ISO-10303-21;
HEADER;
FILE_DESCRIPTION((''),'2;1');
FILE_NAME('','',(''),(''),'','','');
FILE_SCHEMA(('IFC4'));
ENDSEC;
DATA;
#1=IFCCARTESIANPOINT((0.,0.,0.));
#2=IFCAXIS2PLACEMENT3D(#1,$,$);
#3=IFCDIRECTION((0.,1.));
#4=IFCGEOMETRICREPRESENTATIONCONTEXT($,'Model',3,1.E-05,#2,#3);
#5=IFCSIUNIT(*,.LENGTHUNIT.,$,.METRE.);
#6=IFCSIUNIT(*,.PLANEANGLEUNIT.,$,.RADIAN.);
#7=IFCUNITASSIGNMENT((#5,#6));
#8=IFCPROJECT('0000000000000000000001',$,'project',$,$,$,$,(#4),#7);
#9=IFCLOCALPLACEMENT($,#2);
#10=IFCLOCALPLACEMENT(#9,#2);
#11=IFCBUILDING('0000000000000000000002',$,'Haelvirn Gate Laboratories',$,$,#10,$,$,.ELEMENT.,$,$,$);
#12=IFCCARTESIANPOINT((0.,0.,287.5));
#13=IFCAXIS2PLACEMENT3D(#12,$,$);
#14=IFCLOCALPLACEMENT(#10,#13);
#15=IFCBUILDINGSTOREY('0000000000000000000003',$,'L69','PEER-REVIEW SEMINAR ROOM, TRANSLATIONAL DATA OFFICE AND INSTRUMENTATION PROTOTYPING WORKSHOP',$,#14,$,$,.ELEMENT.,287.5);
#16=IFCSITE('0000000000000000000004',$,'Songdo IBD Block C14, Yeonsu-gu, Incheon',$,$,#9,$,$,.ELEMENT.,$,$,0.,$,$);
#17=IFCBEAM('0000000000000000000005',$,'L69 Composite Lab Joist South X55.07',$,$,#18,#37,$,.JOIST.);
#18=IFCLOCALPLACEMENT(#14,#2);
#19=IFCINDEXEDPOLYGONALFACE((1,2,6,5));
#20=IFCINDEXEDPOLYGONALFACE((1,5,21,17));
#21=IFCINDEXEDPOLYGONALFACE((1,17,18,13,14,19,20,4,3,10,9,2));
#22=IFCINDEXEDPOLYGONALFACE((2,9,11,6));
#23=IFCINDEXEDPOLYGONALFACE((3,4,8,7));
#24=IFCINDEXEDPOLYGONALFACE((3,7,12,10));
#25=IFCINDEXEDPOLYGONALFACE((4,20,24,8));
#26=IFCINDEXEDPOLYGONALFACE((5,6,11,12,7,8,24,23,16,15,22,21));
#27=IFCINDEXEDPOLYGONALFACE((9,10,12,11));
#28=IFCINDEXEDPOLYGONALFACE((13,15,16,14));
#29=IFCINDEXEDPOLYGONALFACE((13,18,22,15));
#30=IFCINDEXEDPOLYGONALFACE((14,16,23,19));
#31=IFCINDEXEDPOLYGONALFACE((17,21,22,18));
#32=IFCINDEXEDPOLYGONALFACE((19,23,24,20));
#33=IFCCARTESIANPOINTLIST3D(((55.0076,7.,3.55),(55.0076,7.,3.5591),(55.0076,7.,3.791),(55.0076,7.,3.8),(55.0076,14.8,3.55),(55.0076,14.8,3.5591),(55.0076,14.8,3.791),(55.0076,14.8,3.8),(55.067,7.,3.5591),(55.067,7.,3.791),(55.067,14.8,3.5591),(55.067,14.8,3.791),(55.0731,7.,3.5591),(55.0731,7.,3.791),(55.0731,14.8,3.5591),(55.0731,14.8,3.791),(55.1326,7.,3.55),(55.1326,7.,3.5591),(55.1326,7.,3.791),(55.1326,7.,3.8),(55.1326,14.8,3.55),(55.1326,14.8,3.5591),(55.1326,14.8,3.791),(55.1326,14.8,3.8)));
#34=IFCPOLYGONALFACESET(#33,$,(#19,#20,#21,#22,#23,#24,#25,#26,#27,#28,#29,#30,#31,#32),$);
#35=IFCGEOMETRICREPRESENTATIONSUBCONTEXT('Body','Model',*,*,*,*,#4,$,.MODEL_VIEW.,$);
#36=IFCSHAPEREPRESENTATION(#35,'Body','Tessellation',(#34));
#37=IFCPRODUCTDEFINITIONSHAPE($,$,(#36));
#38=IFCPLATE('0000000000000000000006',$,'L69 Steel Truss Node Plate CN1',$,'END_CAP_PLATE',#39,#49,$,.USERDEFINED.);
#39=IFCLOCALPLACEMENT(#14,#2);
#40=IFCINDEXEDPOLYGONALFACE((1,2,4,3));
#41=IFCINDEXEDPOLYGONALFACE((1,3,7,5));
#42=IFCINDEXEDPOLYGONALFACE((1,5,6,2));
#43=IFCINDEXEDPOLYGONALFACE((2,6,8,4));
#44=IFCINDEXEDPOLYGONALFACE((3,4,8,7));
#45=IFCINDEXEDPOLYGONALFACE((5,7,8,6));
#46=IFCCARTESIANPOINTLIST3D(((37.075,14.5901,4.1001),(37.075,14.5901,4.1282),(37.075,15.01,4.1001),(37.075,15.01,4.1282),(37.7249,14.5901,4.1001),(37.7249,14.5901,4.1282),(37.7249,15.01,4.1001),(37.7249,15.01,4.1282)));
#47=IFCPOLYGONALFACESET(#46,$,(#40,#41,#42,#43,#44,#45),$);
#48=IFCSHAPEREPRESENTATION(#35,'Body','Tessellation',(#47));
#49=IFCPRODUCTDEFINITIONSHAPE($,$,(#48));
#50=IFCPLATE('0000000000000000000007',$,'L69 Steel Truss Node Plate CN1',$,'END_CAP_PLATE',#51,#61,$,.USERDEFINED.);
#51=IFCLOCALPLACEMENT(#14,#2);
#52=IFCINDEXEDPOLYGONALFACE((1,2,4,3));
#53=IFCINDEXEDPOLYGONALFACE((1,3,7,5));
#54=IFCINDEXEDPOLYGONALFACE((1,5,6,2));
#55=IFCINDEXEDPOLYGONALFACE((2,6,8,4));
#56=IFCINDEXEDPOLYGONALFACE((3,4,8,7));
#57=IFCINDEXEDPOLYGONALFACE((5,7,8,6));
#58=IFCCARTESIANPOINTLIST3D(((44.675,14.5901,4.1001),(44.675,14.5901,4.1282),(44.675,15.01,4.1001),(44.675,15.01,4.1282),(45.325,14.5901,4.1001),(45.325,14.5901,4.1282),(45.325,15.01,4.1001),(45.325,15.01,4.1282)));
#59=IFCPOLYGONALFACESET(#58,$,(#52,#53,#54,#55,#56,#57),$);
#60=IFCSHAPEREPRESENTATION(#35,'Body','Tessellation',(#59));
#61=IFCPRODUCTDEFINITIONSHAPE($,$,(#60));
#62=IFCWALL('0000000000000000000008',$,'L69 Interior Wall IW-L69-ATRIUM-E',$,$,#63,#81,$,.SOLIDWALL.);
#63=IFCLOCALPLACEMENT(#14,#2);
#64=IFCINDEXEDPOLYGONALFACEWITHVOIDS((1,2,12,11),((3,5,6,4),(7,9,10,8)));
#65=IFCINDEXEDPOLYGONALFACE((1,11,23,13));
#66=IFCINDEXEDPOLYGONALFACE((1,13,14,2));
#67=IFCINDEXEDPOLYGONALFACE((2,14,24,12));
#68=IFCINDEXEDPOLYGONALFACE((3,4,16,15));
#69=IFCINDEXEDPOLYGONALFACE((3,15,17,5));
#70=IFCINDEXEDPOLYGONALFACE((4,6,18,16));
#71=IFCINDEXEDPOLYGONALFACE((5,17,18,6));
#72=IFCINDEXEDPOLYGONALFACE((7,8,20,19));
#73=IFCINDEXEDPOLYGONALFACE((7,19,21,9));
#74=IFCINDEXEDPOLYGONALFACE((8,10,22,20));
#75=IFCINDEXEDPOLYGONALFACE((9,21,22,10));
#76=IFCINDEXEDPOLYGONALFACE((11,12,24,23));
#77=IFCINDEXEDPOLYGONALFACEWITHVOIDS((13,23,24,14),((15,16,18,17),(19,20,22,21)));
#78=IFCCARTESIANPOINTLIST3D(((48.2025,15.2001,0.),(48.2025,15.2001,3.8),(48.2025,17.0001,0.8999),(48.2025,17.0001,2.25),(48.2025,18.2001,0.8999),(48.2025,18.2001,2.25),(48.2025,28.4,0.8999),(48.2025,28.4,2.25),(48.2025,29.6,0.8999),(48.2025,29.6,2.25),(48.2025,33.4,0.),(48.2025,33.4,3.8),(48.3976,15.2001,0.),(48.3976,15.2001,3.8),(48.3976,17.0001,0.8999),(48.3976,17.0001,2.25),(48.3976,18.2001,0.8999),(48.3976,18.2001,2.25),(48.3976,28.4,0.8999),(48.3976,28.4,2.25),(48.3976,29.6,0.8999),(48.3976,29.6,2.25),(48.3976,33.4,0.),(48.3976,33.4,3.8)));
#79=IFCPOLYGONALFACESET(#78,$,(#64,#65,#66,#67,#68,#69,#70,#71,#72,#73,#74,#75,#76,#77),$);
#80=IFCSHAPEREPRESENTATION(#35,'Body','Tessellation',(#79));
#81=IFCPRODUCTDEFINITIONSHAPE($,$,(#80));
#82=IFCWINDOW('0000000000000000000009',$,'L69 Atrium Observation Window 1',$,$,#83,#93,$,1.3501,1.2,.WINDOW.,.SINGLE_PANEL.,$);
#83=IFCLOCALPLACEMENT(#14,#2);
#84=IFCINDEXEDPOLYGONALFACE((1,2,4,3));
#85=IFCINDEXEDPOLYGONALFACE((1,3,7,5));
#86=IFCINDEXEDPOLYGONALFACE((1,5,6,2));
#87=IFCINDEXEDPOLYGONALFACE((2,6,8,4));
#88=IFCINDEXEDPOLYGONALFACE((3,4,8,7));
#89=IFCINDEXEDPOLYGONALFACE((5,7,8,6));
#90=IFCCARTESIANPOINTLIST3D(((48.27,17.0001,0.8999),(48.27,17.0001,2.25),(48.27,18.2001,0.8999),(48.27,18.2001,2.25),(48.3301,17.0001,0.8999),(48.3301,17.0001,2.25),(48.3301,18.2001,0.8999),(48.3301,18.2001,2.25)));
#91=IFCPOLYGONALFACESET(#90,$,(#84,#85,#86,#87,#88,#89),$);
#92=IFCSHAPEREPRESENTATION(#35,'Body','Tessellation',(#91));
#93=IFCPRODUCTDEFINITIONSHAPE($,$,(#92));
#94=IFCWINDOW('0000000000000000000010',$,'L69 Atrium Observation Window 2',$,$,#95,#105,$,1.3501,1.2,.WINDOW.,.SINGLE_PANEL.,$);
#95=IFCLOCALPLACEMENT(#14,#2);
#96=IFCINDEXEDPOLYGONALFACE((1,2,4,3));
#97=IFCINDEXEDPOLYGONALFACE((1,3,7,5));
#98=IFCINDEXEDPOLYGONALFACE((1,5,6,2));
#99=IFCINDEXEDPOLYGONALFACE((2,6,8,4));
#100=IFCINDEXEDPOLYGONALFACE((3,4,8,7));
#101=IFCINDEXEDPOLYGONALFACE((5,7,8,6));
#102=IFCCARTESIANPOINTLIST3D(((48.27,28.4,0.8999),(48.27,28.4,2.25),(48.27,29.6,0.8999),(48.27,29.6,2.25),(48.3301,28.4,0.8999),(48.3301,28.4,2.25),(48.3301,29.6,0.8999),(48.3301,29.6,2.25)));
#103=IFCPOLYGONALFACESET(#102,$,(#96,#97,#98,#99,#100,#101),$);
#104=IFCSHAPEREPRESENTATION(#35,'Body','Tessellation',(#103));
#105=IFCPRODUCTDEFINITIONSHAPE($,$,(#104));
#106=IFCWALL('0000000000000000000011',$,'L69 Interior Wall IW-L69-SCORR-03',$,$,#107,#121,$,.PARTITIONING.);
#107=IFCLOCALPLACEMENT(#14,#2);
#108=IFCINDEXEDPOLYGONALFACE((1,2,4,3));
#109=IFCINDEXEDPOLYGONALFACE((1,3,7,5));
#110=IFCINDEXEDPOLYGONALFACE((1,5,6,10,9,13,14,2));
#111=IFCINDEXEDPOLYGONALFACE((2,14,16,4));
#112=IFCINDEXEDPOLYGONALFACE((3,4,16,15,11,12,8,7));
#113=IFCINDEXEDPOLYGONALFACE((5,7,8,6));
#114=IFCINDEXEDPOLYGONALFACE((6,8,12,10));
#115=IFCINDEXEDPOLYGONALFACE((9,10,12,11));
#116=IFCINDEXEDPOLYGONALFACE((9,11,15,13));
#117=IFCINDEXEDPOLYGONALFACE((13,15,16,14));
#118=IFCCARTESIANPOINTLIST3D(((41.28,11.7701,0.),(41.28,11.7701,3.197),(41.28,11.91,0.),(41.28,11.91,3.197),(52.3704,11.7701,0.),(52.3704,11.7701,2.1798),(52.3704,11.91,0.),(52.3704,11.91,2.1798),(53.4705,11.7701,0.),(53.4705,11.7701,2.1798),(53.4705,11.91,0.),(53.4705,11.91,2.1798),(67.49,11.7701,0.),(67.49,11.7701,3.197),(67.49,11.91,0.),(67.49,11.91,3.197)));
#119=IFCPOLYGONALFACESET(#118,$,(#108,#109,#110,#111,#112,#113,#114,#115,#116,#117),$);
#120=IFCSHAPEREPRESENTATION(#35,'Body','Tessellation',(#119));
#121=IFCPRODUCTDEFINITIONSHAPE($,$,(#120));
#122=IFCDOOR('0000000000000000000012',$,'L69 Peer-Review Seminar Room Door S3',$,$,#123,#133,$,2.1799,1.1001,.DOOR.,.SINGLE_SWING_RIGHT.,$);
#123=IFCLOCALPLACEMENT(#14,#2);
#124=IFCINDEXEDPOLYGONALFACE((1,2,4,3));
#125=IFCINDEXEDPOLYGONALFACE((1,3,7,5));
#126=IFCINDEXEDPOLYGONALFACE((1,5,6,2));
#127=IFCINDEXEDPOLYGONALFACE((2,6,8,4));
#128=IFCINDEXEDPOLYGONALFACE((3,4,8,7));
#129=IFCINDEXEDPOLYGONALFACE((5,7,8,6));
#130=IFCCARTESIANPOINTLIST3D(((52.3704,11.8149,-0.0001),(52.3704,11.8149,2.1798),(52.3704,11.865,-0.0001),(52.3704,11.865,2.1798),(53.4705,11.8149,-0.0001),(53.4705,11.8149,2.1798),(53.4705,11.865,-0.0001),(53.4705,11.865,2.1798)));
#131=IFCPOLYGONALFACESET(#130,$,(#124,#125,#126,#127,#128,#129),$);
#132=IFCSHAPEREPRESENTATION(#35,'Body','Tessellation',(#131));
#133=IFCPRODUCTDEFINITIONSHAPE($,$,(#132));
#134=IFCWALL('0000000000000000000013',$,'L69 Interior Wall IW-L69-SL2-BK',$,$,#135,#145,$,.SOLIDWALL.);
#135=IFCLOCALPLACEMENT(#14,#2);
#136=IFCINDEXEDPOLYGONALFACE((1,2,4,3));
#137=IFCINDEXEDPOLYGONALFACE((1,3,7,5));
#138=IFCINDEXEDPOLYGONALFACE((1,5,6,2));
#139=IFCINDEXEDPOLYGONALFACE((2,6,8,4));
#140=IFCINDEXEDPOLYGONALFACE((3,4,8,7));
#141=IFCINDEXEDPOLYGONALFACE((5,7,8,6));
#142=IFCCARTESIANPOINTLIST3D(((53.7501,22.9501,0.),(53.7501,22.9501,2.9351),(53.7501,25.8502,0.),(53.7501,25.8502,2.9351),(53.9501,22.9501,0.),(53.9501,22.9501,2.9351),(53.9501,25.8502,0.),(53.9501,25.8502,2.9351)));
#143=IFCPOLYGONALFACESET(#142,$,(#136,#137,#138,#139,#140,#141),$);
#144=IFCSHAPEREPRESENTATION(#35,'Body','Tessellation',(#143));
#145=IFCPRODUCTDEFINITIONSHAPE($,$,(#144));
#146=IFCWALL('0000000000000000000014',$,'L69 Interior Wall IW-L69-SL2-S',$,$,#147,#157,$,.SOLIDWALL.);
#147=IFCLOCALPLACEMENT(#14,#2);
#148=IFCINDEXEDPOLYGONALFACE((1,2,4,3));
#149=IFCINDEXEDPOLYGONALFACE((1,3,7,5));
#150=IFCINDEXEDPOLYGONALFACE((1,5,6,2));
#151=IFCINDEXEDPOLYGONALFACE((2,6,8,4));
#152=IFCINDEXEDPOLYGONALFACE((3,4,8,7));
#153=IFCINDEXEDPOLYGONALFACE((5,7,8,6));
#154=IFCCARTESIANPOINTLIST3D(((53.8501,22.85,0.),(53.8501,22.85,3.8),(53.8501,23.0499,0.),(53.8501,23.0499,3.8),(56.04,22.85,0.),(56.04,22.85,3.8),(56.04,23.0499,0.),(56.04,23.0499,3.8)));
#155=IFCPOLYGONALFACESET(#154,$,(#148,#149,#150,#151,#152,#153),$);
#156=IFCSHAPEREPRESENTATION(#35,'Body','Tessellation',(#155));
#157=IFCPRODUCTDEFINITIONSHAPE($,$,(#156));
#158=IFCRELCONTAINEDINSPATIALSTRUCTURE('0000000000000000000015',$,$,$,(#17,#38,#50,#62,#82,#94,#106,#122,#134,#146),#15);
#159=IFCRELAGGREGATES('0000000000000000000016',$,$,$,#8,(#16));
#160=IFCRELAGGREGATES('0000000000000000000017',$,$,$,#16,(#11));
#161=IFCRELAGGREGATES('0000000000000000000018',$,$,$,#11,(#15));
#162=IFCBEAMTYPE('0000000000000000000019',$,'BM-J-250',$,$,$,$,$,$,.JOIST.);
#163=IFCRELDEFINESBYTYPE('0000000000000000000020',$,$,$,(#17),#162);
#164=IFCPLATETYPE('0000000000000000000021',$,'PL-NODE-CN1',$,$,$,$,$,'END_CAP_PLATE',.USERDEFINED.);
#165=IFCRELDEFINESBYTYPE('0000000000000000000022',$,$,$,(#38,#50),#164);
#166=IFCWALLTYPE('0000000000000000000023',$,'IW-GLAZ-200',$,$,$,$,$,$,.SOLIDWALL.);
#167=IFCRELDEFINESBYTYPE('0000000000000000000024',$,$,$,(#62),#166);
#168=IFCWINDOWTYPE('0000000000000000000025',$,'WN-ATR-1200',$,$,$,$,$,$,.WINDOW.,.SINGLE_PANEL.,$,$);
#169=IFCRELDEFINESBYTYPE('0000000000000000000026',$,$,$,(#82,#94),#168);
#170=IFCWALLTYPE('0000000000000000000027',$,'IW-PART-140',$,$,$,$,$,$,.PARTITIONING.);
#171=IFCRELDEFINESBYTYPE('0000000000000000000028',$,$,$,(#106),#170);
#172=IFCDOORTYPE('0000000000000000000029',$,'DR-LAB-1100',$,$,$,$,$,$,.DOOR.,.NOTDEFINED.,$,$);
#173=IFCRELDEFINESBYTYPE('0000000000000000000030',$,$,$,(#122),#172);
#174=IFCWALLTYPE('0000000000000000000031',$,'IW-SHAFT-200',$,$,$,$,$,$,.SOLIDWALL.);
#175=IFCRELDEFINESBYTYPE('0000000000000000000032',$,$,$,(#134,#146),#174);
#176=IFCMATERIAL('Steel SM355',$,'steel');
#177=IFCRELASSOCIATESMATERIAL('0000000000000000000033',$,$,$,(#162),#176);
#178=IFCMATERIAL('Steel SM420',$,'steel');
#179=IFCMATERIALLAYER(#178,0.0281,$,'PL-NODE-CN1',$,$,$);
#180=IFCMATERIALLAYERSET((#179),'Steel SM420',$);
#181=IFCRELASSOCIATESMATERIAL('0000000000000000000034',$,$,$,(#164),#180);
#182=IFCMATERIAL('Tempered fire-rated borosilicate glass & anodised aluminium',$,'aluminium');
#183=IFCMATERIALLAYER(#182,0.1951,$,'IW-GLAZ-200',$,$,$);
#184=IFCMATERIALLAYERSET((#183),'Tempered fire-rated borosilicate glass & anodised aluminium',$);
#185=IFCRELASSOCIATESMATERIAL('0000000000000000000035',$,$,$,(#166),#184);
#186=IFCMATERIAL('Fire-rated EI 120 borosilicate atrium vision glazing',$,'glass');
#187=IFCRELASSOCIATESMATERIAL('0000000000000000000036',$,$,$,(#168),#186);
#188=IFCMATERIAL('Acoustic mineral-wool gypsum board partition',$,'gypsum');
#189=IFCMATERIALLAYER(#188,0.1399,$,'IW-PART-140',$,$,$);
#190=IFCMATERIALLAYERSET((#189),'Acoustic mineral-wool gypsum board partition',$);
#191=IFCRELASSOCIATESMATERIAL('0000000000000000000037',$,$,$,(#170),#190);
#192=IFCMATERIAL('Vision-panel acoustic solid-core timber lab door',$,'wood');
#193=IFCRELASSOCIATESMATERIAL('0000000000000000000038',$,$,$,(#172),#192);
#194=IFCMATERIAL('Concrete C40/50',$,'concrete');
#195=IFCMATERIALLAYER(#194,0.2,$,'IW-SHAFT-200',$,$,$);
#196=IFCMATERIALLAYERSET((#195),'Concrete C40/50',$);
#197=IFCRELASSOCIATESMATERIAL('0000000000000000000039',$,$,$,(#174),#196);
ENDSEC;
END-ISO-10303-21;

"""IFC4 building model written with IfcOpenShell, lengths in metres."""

from ifc_helpers import new_model, si_unit, direction, frame, frame_2d, origin, origin_2d, place, context, subcontext, project, spatial, rectangle, i_section, extrude, source, transform, mapped, material, layer, layer_set, material_profile, profile_set, type_object, type_shapes, element, fill, save


model = new_model("IFC4")

# Units and contexts
model_context = context("Model", 3, precision=1e-05, world=origin(), true_north=direction((0.0, 1.0)))
body_context = subcontext(model_context, "Body", "Model", "MODEL_VIEW")
ifc_project = project(units=[si_unit("LENGTHUNIT", "METRE"), si_unit("PLANEANGLEUNIT", "RADIAN")], contexts=[model_context])

# Site, building, storey
site_placement = place(None, origin())
site = spatial("IfcSite", under=ifc_project, at=site_placement, Name="Songdo IBD Block C14, Yeonsu-gu, Incheon", CompositionType="ELEMENT", RefElevation=0.0)
building_placement = place(site_placement, origin())
building = spatial("IfcBuilding", under=site, at=building_placement, Name="Haelvirn Gate Laboratories", CompositionType="ELEMENT")
storey_placement = place(building_placement, frame((0.0, 0.0, 287.5)))
storey = spatial("IfcBuildingStorey", under=building, at=storey_placement, Name="L69", Description="PEER-REVIEW SEMINAR ROOM, TRANSLATIONAL DATA OFFICE AND INSTRUMENTATION PROTOTYPING WORKSHOP", CompositionType="ELEMENT", Elevation=287.5)

# Shared definitions
ifc_material_1 = material(Name="Steel SM355", Category="steel")

# Beam
ifc_material_profile_1 = material_profile(ifc_material_1, i_section(OverallWidth=0.125, OverallDepth=0.25, WebThickness=0.0061, FlangeThickness=0.009, at=origin_2d()), Name="H-250x125x6x9")
ifc_profile_set_1 = profile_set([ifc_material_profile_1], Name="Steel SM355")
beam_type_1 = type_object("IfcBeamType", Name="BM-J-250", PredefinedType="JOIST", material=ifc_profile_set_1)
shared_shape_1 = source(origin(), body_context, "Body", "SweptSolid", [
    extrude(i_section(OverallWidth=0.125, OverallDepth=0.25, WebThickness=0.0061, FlangeThickness=0.009, at=origin_2d()), origin(), (0.0, 0.0, 1.0), 7.8),
])
type_shapes(beam_type_1, [shared_shape_1])
for number, where, z_axis, x_axis, name in (
    (1, (55.0701, 7.0, 3.675), (0.0, 1.0, 0.0), (-1.0, 0.0, 0.0), "L69 Composite Lab Joist South X55.07"),
):
    element("IfcBeam", number, at=place(storey_placement, frame(where, z_axis=z_axis, x_axis=x_axis)), inside=storey, type_object=beam_type_1, Name=name, PredefinedType="JOIST", context=body_context, shape_type="MappedRepresentation", body=[
        mapped(shared_shape_1, transform((0.0, 0.0, 0.0), scale=1.0)),
    ])

# Plates
ifc_material_2 = material(Name="Steel SM420", Category="steel")
ifc_layer_1 = layer(ifc_material_2, 0.0281, Name="PL-NODE-CN1")
ifc_layer_set_1 = layer_set([ifc_layer_1], Name="Steel SM420")
plate_type = type_object("IfcPlateType", Name="PL-NODE-CN1", ElementType="END_CAP_PLATE", PredefinedType="USERDEFINED", material=ifc_layer_set_1)
shared_shape_2 = source(origin(), body_context, "Body", "SweptSolid", [
    extrude(rectangle(XDim=0.6499, YDim=0.4199, at=origin_2d()), origin(), (0.0, 0.0, 1.0), 0.0281),
])
type_shapes(plate_type, [shared_shape_2])
for number, where, z_axis, x_axis, name in (
    (2, (37.3999, 14.8, 4.1001), (0.0, 0.0, 1.0), (1.0, 0.0, 0.0), "L69 Steel Truss Node Plate CN1"),
    (3, (45.0, 14.8, 4.1001), (0.0, 0.0, 1.0), (1.0, 0.0, 0.0), "L69 Steel Truss Node Plate CN1"),
):
    element("IfcPlate", number, at=place(storey_placement, frame(where, z_axis=z_axis, x_axis=x_axis)), inside=storey, type_object=plate_type, Name=name, ObjectType="END_CAP_PLATE", PredefinedType="USERDEFINED", context=body_context, shape_type="MappedRepresentation", body=[
        mapped(shared_shape_2, transform((0.0, 0.0, 0.0), scale=1.0)),
    ])

# Wall, openings, windows
ifc_material_3 = material(Name="Tempered fire-rated borosilicate glass & anodised aluminium", Category="aluminium")
ifc_layer_2 = layer(ifc_material_3, 0.1951, Name="IW-GLAZ-200")
ifc_layer_set_2 = layer_set([ifc_layer_2], Name="Tempered fire-rated borosilicate glass & anodised aluminium")
wall_type_1 = type_object("IfcWallType", Name="IW-GLAZ-200", PredefinedType="SOLIDWALL", material=ifc_layer_set_2)
wall_1_placement = place(storey_placement, frame((48.3, 15.2, 0.0), z_axis=(0.0, 0.0, 1.0), x_axis=(0.0, 1.0, 0.0)))
wall_1 = element("IfcWall", 4, at=wall_1_placement, inside=storey, type_object=wall_type_1, Name="L69 Interior Wall IW-L69-ATRIUM-E", PredefinedType="SOLIDWALL", context=body_context, shape_type="SweptSolid", body=[
    extrude(rectangle(XDim=18.2, YDim=0.1951, at=frame_2d((9.1001, 0.0))), origin(), (0.0, 0.0, 1.0), 3.8),
])
opening_1_placement = place(wall_1_placement, frame((1.8, 0.0, 0.8999)))
opening_1 = element("IfcOpeningElement", 5, at=opening_1_placement, cuts=wall_1, PredefinedType="OPENING", context=body_context, shape_type="SweptSolid", body=[
    extrude(rectangle(XDim=1.2, YDim=1.3501, at=frame_2d((0.6001, 0.675))), frame((0.0, 0.1074, 0.0), z_axis=(0.0, -1.0, 0.0), x_axis=(1.0, 0.0, 0.0)), (0.0, 0.0, 1.0), 0.2151),
])
opening_2_placement = place(wall_1_placement, frame((13.2, 0.0, 0.8999)))
opening_2 = element("IfcOpeningElement", 6, at=opening_2_placement, cuts=wall_1, PredefinedType="OPENING", context=body_context, shape_type="SweptSolid", body=[
    extrude(rectangle(XDim=1.2, YDim=1.3501, at=frame_2d((0.6001, 0.675))), frame((0.0, 0.1074, 0.0), z_axis=(0.0, -1.0, 0.0), x_axis=(1.0, 0.0, 0.0)), (0.0, 0.0, 1.0), 0.2151),
])
ifc_material_4 = material(Name="Fire-rated EI 120 borosilicate atrium vision glazing", Category="glass")
window_type = type_object("IfcWindowType", Name="WN-ATR-1200", PartitioningType="SINGLE_PANEL", PredefinedType="WINDOW", material=ifc_material_4)
shared_shape_3 = source(origin(), body_context, "Body", "SweptSolid", [
    extrude(rectangle(XDim=1.2, YDim=1.3501, at=frame_2d((0.6001, 0.675))), frame((0.0, 0.03, 0.0), z_axis=(0.0, -1.0, 0.0), x_axis=(1.0, 0.0, 0.0)), (0.0, 0.0, 1.0), 0.0601),
])
type_shapes(window_type, [shared_shape_3])
window_1_placement = place(opening_1_placement, origin())
window_1 = element("IfcWindow", 7, at=window_1_placement, inside=storey, type_object=window_type, Name="L69 Atrium Observation Window 1", OverallHeight=1.3501, OverallWidth=1.2, PartitioningType="SINGLE_PANEL", PredefinedType="WINDOW", context=body_context, shape_type="MappedRepresentation", body=[
    mapped(shared_shape_3, transform((0.0, 0.0, 0.0), scale=1.0)),
])
fill(opening_1, window_1)
window_2_placement = place(opening_2_placement, origin())
window_2 = element("IfcWindow", 8, at=window_2_placement, inside=storey, type_object=window_type, Name="L69 Atrium Observation Window 2", OverallHeight=1.3501, OverallWidth=1.2, PartitioningType="SINGLE_PANEL", PredefinedType="WINDOW", context=body_context, shape_type="MappedRepresentation", body=[
    mapped(shared_shape_3, transform((0.0, 0.0, 0.0), scale=1.0)),
])
fill(opening_2, window_2)

# Wall, opening, door
ifc_material_5 = material(Name="Acoustic mineral-wool gypsum board partition", Category="gypsum")
ifc_layer_3 = layer(ifc_material_5, 0.1399, Name="IW-PART-140")
ifc_layer_set_3 = layer_set([ifc_layer_3], Name="Acoustic mineral-wool gypsum board partition")
wall_type_2 = type_object("IfcWallType", Name="IW-PART-140", PredefinedType="PARTITIONING", material=ifc_layer_set_3)
wall_2_placement = place(storey_placement, frame((41.28, 11.8401, 0.0), z_axis=(0.0, 0.0, 1.0), x_axis=(1.0, 0.0, 0.0)))
wall_2 = element("IfcWall", 9, at=wall_2_placement, inside=storey, type_object=wall_type_2, Name="L69 Interior Wall IW-L69-SCORR-03", PredefinedType="PARTITIONING", context=body_context, shape_type="SweptSolid", body=[
    extrude(rectangle(XDim=26.21, YDim=0.1399, at=frame_2d((13.105, 0.0))), origin(), (0.0, 0.0, 1.0), 3.197),
])
opening_3_placement = place(wall_2_placement, frame((11.0903, 0.0, 0.0)))
opening_3 = element("IfcOpeningElement", 10, at=opening_3_placement, cuts=wall_2, PredefinedType="OPENING", context=body_context, shape_type="SweptSolid", body=[
    extrude(rectangle(XDim=1.1001, YDim=2.1799, at=frame_2d((0.55, 1.0898))), frame((0.0, 0.0801, 0.0), z_axis=(0.0, -1.0, 0.0), x_axis=(1.0, 0.0, 0.0)), (0.0, 0.0, 1.0), 0.1599),
])
ifc_material_6 = material(Name="Vision-panel acoustic solid-core timber lab door", Category="wood")
door_type_1 = type_object("IfcDoorType", Name="DR-LAB-1100", OperationType="NOTDEFINED", PredefinedType="DOOR", material=ifc_material_6)
shared_shape_4 = source(origin(), body_context, "Body", "SweptSolid", [
    extrude(rectangle(XDim=1.1001, YDim=2.1799, at=frame_2d((0.55, 1.0898))), frame((0.0, 0.0249, 0.0), z_axis=(0.0, -1.0, 0.0), x_axis=(1.0, 0.0, 0.0)), (0.0, 0.0, 1.0), 0.05),
])
type_shapes(door_type_1, [shared_shape_4])
door_1_placement = place(opening_3_placement, origin())
door_1 = element("IfcDoor", 11, at=door_1_placement, inside=storey, type_object=door_type_1, Name="L69 Peer-Review Seminar Room Door S3", OperationType="SINGLE_SWING_RIGHT", OverallHeight=2.1799, OverallWidth=1.1001, PredefinedType="DOOR", context=body_context, shape_type="MappedRepresentation", body=[
    mapped(shared_shape_4, transform((0.0, 0.0, 0.0), scale=1.0)),
])
fill(opening_3, door_1)

# Walls
ifc_material_7 = material(Name="Concrete C40/50", Category="concrete")
ifc_layer_4 = layer(ifc_material_7, 0.2, Name="IW-SHAFT-200")
ifc_layer_set_4 = layer_set([ifc_layer_4], Name="Concrete C40/50")
wall_type_3 = type_object("IfcWallType", Name="IW-SHAFT-200", PredefinedType="SOLIDWALL", material=ifc_layer_set_4)
wall_3_placement = place(storey_placement, frame((53.8501, 22.95, 0.0), z_axis=(0.0, 0.0, 1.0), x_axis=(0.0, 1.0, 0.0)))
element("IfcWall", 12, at=wall_3_placement, inside=storey, type_object=wall_type_3, Name="L69 Interior Wall IW-L69-SL2-BK", PredefinedType="SOLIDWALL", context=body_context, shape_type="SweptSolid", body=[
    extrude(rectangle(XDim=2.9001, YDim=0.2, at=frame_2d((1.4502, 0.0))), origin(), (0.0, 0.0, 1.0), 2.9351),
])
wall_4_placement = place(storey_placement, frame((53.8501, 22.95, 0.0), z_axis=(0.0, 0.0, 1.0), x_axis=(1.0, 0.0, 0.0)))
element("IfcWall", 13, at=wall_4_placement, inside=storey, type_object=wall_type_3, Name="L69 Interior Wall IW-L69-SL2-S", PredefinedType="SOLIDWALL", context=body_context, shape_type="SweptSolid", body=[
    extrude(rectangle(XDim=2.1899, YDim=0.2, at=frame_2d((1.095, 0.0))), origin(), (0.0, 0.0, 1.0), 3.8),
])

save(model, "model.ifc")
